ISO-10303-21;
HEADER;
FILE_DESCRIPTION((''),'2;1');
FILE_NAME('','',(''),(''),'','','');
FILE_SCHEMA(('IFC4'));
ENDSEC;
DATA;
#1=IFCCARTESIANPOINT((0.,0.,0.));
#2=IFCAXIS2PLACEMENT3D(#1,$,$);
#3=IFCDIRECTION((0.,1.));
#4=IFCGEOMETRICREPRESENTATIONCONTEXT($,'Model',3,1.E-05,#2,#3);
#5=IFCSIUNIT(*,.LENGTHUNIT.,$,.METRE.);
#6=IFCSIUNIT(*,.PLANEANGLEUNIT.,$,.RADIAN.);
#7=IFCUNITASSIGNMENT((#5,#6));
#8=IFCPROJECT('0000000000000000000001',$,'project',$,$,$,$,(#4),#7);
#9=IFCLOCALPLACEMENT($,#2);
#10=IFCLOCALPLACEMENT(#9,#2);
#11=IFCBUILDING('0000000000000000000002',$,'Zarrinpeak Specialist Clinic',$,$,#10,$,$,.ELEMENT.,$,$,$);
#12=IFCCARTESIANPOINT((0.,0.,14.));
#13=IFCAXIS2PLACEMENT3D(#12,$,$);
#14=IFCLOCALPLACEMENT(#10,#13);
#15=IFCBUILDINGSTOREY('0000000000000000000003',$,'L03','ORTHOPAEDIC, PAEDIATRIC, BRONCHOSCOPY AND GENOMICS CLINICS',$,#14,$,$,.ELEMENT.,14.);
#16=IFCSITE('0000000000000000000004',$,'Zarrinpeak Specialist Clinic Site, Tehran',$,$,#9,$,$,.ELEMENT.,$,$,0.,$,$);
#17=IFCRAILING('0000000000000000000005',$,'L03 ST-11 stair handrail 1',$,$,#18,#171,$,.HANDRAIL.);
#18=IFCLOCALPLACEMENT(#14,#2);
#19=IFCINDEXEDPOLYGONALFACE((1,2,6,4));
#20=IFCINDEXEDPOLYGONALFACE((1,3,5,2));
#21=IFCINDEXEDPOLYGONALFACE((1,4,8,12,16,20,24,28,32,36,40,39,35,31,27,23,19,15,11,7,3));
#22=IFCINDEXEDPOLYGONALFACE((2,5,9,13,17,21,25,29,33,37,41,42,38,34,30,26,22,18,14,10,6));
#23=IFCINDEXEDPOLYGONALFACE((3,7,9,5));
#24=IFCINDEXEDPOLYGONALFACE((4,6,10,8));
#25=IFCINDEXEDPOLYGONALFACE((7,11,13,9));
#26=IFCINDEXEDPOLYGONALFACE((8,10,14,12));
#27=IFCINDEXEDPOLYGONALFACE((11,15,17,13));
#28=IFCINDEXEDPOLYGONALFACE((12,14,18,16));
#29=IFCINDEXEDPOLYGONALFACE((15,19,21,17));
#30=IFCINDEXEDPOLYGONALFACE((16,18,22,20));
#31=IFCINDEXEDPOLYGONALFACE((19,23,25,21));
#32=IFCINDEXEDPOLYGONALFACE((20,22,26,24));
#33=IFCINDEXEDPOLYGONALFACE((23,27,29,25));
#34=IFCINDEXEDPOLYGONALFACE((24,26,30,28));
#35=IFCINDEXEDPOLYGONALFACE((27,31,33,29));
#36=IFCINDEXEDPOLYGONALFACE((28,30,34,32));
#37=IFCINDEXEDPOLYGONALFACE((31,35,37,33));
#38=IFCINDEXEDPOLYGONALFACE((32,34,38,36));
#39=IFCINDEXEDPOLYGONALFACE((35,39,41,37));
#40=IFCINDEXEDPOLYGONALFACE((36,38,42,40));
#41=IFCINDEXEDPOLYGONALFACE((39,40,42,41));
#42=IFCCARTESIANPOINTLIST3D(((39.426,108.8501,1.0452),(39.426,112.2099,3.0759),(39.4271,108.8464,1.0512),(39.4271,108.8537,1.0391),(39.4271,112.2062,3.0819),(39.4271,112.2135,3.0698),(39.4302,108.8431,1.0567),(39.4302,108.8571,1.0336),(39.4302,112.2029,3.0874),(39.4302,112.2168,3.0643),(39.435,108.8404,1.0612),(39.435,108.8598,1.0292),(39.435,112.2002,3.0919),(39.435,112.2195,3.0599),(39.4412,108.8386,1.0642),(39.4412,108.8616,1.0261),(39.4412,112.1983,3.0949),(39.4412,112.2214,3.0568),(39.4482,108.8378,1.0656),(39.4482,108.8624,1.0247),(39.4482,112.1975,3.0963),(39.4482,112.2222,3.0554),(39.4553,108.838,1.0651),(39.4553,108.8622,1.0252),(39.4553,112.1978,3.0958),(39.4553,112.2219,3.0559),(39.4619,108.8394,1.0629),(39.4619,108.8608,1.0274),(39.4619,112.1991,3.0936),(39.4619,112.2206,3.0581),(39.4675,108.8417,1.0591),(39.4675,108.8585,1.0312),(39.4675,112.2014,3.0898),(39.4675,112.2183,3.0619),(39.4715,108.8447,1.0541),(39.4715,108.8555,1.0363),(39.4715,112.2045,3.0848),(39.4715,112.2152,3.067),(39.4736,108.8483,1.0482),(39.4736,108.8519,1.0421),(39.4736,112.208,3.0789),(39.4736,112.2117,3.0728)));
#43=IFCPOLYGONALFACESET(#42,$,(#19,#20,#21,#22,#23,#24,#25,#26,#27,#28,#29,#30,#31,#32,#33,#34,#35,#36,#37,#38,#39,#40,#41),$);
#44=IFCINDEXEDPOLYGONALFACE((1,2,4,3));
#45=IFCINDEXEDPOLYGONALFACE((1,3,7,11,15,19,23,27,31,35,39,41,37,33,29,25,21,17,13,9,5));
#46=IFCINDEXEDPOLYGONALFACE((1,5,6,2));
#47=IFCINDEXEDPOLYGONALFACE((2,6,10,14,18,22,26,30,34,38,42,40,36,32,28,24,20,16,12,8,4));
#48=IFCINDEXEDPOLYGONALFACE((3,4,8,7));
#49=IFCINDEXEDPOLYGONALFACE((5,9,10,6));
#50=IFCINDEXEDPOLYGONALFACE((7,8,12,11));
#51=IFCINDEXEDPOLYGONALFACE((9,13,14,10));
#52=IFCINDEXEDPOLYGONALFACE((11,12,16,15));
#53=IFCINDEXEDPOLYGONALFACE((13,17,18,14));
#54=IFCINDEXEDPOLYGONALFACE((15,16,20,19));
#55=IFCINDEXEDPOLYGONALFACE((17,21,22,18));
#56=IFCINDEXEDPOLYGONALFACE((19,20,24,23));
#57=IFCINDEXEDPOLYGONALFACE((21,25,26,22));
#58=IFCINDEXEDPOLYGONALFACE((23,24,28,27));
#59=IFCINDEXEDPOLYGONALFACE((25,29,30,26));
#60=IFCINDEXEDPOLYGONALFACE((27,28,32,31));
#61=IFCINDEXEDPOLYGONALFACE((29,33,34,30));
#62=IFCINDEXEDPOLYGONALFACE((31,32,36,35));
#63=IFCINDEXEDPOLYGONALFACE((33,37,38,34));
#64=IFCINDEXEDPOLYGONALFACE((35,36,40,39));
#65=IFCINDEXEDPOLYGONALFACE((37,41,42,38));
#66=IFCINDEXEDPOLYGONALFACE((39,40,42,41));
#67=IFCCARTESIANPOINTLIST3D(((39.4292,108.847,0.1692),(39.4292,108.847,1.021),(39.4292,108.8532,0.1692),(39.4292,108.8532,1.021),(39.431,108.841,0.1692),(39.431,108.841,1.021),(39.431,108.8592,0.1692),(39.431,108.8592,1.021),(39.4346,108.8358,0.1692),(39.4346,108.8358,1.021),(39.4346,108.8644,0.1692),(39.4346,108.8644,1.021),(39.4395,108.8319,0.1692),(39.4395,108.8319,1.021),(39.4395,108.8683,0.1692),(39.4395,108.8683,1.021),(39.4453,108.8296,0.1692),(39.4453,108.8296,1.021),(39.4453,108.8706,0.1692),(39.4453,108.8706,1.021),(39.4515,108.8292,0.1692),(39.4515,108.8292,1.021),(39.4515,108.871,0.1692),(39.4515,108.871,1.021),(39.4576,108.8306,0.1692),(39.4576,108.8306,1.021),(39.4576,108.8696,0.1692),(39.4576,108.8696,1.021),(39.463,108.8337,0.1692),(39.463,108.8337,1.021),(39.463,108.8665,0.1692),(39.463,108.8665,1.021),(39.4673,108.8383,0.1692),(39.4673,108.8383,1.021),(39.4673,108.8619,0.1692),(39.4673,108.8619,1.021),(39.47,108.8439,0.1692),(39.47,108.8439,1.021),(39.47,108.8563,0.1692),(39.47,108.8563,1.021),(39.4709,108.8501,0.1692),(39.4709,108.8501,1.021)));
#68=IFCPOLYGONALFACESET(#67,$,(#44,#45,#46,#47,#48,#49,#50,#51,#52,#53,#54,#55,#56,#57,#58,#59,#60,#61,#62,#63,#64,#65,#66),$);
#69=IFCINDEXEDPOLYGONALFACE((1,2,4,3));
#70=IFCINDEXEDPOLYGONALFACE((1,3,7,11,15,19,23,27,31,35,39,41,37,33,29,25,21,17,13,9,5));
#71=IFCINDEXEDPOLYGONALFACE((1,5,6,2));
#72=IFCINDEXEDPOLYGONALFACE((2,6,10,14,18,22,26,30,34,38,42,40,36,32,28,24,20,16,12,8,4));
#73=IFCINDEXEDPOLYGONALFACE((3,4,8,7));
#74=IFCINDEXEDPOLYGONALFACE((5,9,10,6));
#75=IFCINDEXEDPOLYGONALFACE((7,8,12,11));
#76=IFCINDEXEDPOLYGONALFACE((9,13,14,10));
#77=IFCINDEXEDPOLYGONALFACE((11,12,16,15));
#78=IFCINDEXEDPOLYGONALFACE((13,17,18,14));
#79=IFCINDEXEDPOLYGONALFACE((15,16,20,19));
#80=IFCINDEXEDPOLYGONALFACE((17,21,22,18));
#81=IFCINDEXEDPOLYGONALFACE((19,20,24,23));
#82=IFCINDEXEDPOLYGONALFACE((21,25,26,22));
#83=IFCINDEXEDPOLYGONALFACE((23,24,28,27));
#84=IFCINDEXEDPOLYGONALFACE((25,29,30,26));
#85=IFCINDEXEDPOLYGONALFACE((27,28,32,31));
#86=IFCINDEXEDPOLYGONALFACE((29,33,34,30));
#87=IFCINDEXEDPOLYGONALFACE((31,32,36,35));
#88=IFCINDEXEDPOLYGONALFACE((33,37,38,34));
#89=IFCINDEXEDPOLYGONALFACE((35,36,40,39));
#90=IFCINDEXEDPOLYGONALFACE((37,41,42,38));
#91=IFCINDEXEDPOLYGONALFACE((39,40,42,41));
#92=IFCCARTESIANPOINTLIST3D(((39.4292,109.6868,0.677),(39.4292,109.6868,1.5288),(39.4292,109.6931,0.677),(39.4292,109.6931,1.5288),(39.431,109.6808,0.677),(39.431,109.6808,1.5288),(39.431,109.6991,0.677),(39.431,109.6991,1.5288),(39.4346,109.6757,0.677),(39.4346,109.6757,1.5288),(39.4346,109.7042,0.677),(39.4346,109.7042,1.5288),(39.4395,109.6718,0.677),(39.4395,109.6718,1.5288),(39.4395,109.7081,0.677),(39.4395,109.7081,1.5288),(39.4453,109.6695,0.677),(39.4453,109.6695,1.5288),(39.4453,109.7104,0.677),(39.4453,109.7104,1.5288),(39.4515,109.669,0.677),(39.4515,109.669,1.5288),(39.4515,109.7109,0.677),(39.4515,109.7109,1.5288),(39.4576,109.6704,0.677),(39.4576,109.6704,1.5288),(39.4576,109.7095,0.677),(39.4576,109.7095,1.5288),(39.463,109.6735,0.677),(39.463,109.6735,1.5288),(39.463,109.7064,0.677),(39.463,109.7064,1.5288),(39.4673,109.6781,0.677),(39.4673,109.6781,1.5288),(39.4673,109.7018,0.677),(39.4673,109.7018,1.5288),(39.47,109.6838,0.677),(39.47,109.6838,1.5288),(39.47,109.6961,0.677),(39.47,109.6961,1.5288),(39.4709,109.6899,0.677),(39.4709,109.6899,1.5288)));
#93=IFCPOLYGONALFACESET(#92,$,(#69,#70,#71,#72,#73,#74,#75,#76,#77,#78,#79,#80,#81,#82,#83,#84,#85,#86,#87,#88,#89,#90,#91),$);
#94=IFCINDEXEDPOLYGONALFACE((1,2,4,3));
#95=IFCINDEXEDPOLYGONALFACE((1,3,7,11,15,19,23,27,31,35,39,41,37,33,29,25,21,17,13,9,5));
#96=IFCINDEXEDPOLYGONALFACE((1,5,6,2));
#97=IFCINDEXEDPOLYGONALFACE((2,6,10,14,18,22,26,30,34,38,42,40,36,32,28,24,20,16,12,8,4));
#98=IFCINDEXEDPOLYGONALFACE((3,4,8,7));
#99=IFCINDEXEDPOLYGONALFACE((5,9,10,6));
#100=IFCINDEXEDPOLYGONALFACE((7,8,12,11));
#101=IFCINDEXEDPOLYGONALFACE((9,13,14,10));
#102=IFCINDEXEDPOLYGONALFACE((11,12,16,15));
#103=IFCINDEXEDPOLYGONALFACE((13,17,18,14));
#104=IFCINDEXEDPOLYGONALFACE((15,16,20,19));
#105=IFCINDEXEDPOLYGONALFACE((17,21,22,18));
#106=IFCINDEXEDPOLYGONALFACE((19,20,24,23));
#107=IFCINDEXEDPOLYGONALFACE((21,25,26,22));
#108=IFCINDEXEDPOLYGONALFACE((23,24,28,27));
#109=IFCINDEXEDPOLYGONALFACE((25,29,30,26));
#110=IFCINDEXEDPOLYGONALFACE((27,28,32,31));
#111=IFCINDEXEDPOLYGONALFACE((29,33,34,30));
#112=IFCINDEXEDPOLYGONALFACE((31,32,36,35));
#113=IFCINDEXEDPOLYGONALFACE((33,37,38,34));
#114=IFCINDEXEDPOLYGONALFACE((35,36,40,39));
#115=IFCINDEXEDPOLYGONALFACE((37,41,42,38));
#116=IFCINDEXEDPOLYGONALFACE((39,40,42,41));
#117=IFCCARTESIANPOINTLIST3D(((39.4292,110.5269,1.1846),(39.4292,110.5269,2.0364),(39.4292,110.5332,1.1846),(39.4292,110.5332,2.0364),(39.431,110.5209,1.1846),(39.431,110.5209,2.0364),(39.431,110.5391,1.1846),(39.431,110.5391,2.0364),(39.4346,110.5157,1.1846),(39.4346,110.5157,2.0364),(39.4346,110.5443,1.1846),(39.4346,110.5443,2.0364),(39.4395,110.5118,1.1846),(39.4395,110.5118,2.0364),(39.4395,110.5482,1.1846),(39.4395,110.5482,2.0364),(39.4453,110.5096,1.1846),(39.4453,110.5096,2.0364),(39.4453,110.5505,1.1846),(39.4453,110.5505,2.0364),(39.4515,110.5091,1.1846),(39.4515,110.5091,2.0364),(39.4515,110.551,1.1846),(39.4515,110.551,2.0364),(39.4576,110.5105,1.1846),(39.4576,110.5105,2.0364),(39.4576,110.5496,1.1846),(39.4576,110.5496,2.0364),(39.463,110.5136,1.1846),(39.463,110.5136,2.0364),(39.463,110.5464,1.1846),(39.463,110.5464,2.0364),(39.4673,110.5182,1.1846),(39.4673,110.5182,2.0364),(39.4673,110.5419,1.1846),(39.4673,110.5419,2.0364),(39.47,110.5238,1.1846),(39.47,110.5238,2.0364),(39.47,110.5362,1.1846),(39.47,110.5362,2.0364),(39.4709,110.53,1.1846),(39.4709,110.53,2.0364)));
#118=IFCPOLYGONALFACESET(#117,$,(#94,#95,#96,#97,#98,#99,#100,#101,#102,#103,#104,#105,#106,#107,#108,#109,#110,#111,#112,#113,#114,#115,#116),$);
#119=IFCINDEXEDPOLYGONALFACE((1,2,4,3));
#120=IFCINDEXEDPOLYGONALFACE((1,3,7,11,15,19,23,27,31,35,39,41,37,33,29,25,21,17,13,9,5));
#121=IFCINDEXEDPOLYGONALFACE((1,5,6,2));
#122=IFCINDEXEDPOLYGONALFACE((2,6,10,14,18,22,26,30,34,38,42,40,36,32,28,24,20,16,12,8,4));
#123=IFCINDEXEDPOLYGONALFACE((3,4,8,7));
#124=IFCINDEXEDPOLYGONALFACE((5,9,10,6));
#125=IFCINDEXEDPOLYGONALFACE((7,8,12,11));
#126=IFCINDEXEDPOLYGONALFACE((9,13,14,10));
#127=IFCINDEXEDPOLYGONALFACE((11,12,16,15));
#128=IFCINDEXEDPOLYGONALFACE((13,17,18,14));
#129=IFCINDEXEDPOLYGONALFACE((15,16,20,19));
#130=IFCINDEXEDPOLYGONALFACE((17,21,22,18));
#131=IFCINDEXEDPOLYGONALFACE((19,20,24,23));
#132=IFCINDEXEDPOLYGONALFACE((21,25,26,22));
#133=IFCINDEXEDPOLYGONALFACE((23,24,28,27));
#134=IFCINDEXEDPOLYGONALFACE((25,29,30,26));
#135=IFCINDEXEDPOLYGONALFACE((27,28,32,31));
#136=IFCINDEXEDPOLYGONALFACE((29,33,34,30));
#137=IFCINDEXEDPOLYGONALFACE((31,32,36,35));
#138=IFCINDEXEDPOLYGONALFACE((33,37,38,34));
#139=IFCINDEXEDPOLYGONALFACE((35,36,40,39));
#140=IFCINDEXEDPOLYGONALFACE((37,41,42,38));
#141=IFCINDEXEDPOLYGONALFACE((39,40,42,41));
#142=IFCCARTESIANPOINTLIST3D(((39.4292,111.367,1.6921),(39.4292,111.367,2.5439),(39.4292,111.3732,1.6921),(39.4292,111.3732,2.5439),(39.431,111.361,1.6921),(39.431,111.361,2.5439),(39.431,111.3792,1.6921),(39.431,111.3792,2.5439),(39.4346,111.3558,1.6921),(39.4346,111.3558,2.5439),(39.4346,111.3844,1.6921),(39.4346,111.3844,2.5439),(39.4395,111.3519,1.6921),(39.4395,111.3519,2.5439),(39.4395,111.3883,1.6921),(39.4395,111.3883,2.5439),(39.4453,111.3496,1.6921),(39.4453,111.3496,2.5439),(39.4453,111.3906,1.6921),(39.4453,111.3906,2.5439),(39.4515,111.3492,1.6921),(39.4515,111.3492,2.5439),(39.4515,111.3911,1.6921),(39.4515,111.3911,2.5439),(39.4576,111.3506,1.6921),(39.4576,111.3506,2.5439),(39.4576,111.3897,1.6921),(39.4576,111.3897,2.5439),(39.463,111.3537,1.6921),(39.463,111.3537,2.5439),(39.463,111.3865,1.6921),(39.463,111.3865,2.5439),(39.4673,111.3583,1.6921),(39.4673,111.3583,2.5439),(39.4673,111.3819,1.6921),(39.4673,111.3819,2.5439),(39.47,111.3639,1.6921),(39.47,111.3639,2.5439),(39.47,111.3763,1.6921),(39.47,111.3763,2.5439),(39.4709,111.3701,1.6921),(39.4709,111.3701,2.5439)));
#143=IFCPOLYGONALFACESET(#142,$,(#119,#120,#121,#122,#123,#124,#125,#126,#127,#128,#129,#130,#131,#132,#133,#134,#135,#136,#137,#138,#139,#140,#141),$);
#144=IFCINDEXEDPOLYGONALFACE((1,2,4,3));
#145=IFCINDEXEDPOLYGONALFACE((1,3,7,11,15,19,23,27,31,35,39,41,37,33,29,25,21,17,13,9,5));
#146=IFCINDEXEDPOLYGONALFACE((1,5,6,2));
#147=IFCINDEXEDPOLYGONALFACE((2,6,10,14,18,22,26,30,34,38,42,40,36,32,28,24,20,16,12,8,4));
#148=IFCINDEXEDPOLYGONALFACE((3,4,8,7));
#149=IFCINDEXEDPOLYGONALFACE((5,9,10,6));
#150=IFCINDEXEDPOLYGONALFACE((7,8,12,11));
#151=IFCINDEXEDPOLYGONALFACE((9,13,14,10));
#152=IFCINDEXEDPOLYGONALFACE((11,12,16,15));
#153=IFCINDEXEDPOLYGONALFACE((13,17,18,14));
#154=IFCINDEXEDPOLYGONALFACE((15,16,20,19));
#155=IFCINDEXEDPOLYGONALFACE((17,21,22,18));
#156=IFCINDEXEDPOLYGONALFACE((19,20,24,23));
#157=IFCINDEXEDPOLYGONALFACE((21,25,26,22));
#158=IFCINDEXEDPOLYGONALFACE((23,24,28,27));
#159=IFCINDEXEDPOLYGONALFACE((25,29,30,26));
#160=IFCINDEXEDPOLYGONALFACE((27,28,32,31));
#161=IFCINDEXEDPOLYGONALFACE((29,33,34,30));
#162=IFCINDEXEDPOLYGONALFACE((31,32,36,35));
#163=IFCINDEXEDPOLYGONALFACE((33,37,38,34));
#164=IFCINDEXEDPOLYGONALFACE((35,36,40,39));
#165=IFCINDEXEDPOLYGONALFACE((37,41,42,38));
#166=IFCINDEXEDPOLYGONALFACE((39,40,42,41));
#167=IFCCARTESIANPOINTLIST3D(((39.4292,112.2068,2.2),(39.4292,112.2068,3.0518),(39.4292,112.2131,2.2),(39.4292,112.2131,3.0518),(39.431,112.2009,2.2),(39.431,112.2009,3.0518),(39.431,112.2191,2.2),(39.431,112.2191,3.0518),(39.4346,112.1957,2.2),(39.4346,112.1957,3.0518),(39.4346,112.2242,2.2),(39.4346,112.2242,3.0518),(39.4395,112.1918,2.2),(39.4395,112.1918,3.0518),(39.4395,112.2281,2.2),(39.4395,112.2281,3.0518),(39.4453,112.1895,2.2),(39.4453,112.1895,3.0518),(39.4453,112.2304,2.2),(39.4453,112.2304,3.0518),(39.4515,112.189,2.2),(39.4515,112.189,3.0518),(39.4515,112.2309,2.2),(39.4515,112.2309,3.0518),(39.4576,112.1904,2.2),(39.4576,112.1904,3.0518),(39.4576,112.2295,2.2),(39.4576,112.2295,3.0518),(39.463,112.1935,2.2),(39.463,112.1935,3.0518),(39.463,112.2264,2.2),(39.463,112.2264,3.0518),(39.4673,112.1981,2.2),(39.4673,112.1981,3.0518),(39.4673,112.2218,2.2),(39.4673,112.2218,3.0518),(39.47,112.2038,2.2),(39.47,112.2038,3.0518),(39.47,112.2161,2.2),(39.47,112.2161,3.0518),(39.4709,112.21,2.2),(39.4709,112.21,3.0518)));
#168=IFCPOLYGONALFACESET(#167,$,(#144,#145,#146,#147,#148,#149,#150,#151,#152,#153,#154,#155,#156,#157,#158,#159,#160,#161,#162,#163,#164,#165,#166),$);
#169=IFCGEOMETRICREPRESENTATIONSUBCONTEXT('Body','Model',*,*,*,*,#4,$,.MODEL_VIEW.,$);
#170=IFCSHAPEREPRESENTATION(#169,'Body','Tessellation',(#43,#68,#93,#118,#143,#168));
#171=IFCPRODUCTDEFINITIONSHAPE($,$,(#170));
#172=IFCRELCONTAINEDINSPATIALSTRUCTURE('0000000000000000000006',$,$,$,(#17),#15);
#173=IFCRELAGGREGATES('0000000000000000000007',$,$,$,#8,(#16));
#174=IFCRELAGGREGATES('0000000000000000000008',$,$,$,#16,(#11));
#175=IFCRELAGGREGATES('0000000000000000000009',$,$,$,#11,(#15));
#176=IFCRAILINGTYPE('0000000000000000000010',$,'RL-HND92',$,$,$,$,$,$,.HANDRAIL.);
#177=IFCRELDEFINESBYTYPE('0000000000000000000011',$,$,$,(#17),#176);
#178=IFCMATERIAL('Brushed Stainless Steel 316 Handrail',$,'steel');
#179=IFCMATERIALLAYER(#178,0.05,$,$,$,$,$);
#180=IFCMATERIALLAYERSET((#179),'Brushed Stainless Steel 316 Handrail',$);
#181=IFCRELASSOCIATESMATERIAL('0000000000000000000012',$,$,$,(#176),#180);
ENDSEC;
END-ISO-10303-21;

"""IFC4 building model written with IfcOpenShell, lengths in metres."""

from ifc_helpers import new_model, si_unit, direction, frame, origin, origin_2d, place, context, subcontext, project, spatial, circle, extrude, material, layer, layer_set, type_object, element, save


model = new_model("IFC4")

# Units and contexts
model_context = context("Model", 3, precision=1e-05, world=origin(), true_north=direction((0.0, 1.0)))
body_context = subcontext(model_context, "Body", "Model", "MODEL_VIEW")
ifc_project = project(units=[si_unit("LENGTHUNIT", "METRE"), si_unit("PLANEANGLEUNIT", "RADIAN")], contexts=[model_context])

# Site, building, storey
site_placement = place(None, origin())
site = spatial("IfcSite", under=ifc_project, at=site_placement, Name="Zarrinpeak Specialist Clinic Site, Tehran", CompositionType="ELEMENT", RefElevation=0.0)
building_placement = place(site_placement, origin())
building = spatial("IfcBuilding", under=site, at=building_placement, Name="Zarrinpeak Specialist Clinic", CompositionType="ELEMENT")
storey_placement = place(building_placement, frame((0.0, 0.0, 14.0)))
storey = spatial("IfcBuildingStorey", under=building, at=storey_placement, Name="L03", Description="ORTHOPAEDIC, PAEDIATRIC, BRONCHOSCOPY AND GENOMICS CLINICS", CompositionType="ELEMENT", Elevation=14.0)

# Railing
ifc_material_1 = material(Name="Brushed Stainless Steel 316 Handrail", Category="steel")
ifc_layer_1 = layer(ifc_material_1, 0.05)
ifc_layer_set_1 = layer_set([ifc_layer_1], Name="Brushed Stainless Steel 316 Handrail")
railing_type_1 = type_object("IfcRailingType", Name="RL-HND92", PredefinedType="HANDRAIL", material=ifc_layer_set_1)
railing_1_placement = place(storey_placement, frame((39.45, 108.8501, 0.1692)))
element("IfcRailing", 1, at=railing_1_placement, inside=storey, type_object=railing_type_1, Name="L03 ST-11 stair handrail 1", PredefinedType="HANDRAIL", context=body_context, shape_type="SweptSolid", body=[
    extrude(circle(Radius=0.0239, at=origin_2d()), frame((0.0, 0.0, 0.876), z_axis=(0.0, 0.85582, 0.517273), x_axis=(-1.0, 0.0, 0.0)), (0.0, 0.0, 1.0), 3.9258),
    extrude(circle(Radius=0.021, at=origin_2d()), origin(), (0.0, 0.0, 1.0), 0.8518),
    extrude(circle(Radius=0.021, at=origin_2d()), frame((0.0, 0.8398, 0.5078)), (0.0, 0.0, 1.0), 0.8518),
    extrude(circle(Radius=0.021, at=origin_2d()), frame((0.0, 1.6799, 1.0154)), (0.0, 0.0, 1.0), 0.8518),
    extrude(circle(Radius=0.021, at=origin_2d()), frame((0.0, 2.52, 1.5229)), (0.0, 0.0, 1.0), 0.8518),
    extrude(circle(Radius=0.021, at=origin_2d()), frame((0.0, 3.3599, 2.0308)), (0.0, 0.0, 1.0), 0.8518),
])

save(model, "model.ifc")
